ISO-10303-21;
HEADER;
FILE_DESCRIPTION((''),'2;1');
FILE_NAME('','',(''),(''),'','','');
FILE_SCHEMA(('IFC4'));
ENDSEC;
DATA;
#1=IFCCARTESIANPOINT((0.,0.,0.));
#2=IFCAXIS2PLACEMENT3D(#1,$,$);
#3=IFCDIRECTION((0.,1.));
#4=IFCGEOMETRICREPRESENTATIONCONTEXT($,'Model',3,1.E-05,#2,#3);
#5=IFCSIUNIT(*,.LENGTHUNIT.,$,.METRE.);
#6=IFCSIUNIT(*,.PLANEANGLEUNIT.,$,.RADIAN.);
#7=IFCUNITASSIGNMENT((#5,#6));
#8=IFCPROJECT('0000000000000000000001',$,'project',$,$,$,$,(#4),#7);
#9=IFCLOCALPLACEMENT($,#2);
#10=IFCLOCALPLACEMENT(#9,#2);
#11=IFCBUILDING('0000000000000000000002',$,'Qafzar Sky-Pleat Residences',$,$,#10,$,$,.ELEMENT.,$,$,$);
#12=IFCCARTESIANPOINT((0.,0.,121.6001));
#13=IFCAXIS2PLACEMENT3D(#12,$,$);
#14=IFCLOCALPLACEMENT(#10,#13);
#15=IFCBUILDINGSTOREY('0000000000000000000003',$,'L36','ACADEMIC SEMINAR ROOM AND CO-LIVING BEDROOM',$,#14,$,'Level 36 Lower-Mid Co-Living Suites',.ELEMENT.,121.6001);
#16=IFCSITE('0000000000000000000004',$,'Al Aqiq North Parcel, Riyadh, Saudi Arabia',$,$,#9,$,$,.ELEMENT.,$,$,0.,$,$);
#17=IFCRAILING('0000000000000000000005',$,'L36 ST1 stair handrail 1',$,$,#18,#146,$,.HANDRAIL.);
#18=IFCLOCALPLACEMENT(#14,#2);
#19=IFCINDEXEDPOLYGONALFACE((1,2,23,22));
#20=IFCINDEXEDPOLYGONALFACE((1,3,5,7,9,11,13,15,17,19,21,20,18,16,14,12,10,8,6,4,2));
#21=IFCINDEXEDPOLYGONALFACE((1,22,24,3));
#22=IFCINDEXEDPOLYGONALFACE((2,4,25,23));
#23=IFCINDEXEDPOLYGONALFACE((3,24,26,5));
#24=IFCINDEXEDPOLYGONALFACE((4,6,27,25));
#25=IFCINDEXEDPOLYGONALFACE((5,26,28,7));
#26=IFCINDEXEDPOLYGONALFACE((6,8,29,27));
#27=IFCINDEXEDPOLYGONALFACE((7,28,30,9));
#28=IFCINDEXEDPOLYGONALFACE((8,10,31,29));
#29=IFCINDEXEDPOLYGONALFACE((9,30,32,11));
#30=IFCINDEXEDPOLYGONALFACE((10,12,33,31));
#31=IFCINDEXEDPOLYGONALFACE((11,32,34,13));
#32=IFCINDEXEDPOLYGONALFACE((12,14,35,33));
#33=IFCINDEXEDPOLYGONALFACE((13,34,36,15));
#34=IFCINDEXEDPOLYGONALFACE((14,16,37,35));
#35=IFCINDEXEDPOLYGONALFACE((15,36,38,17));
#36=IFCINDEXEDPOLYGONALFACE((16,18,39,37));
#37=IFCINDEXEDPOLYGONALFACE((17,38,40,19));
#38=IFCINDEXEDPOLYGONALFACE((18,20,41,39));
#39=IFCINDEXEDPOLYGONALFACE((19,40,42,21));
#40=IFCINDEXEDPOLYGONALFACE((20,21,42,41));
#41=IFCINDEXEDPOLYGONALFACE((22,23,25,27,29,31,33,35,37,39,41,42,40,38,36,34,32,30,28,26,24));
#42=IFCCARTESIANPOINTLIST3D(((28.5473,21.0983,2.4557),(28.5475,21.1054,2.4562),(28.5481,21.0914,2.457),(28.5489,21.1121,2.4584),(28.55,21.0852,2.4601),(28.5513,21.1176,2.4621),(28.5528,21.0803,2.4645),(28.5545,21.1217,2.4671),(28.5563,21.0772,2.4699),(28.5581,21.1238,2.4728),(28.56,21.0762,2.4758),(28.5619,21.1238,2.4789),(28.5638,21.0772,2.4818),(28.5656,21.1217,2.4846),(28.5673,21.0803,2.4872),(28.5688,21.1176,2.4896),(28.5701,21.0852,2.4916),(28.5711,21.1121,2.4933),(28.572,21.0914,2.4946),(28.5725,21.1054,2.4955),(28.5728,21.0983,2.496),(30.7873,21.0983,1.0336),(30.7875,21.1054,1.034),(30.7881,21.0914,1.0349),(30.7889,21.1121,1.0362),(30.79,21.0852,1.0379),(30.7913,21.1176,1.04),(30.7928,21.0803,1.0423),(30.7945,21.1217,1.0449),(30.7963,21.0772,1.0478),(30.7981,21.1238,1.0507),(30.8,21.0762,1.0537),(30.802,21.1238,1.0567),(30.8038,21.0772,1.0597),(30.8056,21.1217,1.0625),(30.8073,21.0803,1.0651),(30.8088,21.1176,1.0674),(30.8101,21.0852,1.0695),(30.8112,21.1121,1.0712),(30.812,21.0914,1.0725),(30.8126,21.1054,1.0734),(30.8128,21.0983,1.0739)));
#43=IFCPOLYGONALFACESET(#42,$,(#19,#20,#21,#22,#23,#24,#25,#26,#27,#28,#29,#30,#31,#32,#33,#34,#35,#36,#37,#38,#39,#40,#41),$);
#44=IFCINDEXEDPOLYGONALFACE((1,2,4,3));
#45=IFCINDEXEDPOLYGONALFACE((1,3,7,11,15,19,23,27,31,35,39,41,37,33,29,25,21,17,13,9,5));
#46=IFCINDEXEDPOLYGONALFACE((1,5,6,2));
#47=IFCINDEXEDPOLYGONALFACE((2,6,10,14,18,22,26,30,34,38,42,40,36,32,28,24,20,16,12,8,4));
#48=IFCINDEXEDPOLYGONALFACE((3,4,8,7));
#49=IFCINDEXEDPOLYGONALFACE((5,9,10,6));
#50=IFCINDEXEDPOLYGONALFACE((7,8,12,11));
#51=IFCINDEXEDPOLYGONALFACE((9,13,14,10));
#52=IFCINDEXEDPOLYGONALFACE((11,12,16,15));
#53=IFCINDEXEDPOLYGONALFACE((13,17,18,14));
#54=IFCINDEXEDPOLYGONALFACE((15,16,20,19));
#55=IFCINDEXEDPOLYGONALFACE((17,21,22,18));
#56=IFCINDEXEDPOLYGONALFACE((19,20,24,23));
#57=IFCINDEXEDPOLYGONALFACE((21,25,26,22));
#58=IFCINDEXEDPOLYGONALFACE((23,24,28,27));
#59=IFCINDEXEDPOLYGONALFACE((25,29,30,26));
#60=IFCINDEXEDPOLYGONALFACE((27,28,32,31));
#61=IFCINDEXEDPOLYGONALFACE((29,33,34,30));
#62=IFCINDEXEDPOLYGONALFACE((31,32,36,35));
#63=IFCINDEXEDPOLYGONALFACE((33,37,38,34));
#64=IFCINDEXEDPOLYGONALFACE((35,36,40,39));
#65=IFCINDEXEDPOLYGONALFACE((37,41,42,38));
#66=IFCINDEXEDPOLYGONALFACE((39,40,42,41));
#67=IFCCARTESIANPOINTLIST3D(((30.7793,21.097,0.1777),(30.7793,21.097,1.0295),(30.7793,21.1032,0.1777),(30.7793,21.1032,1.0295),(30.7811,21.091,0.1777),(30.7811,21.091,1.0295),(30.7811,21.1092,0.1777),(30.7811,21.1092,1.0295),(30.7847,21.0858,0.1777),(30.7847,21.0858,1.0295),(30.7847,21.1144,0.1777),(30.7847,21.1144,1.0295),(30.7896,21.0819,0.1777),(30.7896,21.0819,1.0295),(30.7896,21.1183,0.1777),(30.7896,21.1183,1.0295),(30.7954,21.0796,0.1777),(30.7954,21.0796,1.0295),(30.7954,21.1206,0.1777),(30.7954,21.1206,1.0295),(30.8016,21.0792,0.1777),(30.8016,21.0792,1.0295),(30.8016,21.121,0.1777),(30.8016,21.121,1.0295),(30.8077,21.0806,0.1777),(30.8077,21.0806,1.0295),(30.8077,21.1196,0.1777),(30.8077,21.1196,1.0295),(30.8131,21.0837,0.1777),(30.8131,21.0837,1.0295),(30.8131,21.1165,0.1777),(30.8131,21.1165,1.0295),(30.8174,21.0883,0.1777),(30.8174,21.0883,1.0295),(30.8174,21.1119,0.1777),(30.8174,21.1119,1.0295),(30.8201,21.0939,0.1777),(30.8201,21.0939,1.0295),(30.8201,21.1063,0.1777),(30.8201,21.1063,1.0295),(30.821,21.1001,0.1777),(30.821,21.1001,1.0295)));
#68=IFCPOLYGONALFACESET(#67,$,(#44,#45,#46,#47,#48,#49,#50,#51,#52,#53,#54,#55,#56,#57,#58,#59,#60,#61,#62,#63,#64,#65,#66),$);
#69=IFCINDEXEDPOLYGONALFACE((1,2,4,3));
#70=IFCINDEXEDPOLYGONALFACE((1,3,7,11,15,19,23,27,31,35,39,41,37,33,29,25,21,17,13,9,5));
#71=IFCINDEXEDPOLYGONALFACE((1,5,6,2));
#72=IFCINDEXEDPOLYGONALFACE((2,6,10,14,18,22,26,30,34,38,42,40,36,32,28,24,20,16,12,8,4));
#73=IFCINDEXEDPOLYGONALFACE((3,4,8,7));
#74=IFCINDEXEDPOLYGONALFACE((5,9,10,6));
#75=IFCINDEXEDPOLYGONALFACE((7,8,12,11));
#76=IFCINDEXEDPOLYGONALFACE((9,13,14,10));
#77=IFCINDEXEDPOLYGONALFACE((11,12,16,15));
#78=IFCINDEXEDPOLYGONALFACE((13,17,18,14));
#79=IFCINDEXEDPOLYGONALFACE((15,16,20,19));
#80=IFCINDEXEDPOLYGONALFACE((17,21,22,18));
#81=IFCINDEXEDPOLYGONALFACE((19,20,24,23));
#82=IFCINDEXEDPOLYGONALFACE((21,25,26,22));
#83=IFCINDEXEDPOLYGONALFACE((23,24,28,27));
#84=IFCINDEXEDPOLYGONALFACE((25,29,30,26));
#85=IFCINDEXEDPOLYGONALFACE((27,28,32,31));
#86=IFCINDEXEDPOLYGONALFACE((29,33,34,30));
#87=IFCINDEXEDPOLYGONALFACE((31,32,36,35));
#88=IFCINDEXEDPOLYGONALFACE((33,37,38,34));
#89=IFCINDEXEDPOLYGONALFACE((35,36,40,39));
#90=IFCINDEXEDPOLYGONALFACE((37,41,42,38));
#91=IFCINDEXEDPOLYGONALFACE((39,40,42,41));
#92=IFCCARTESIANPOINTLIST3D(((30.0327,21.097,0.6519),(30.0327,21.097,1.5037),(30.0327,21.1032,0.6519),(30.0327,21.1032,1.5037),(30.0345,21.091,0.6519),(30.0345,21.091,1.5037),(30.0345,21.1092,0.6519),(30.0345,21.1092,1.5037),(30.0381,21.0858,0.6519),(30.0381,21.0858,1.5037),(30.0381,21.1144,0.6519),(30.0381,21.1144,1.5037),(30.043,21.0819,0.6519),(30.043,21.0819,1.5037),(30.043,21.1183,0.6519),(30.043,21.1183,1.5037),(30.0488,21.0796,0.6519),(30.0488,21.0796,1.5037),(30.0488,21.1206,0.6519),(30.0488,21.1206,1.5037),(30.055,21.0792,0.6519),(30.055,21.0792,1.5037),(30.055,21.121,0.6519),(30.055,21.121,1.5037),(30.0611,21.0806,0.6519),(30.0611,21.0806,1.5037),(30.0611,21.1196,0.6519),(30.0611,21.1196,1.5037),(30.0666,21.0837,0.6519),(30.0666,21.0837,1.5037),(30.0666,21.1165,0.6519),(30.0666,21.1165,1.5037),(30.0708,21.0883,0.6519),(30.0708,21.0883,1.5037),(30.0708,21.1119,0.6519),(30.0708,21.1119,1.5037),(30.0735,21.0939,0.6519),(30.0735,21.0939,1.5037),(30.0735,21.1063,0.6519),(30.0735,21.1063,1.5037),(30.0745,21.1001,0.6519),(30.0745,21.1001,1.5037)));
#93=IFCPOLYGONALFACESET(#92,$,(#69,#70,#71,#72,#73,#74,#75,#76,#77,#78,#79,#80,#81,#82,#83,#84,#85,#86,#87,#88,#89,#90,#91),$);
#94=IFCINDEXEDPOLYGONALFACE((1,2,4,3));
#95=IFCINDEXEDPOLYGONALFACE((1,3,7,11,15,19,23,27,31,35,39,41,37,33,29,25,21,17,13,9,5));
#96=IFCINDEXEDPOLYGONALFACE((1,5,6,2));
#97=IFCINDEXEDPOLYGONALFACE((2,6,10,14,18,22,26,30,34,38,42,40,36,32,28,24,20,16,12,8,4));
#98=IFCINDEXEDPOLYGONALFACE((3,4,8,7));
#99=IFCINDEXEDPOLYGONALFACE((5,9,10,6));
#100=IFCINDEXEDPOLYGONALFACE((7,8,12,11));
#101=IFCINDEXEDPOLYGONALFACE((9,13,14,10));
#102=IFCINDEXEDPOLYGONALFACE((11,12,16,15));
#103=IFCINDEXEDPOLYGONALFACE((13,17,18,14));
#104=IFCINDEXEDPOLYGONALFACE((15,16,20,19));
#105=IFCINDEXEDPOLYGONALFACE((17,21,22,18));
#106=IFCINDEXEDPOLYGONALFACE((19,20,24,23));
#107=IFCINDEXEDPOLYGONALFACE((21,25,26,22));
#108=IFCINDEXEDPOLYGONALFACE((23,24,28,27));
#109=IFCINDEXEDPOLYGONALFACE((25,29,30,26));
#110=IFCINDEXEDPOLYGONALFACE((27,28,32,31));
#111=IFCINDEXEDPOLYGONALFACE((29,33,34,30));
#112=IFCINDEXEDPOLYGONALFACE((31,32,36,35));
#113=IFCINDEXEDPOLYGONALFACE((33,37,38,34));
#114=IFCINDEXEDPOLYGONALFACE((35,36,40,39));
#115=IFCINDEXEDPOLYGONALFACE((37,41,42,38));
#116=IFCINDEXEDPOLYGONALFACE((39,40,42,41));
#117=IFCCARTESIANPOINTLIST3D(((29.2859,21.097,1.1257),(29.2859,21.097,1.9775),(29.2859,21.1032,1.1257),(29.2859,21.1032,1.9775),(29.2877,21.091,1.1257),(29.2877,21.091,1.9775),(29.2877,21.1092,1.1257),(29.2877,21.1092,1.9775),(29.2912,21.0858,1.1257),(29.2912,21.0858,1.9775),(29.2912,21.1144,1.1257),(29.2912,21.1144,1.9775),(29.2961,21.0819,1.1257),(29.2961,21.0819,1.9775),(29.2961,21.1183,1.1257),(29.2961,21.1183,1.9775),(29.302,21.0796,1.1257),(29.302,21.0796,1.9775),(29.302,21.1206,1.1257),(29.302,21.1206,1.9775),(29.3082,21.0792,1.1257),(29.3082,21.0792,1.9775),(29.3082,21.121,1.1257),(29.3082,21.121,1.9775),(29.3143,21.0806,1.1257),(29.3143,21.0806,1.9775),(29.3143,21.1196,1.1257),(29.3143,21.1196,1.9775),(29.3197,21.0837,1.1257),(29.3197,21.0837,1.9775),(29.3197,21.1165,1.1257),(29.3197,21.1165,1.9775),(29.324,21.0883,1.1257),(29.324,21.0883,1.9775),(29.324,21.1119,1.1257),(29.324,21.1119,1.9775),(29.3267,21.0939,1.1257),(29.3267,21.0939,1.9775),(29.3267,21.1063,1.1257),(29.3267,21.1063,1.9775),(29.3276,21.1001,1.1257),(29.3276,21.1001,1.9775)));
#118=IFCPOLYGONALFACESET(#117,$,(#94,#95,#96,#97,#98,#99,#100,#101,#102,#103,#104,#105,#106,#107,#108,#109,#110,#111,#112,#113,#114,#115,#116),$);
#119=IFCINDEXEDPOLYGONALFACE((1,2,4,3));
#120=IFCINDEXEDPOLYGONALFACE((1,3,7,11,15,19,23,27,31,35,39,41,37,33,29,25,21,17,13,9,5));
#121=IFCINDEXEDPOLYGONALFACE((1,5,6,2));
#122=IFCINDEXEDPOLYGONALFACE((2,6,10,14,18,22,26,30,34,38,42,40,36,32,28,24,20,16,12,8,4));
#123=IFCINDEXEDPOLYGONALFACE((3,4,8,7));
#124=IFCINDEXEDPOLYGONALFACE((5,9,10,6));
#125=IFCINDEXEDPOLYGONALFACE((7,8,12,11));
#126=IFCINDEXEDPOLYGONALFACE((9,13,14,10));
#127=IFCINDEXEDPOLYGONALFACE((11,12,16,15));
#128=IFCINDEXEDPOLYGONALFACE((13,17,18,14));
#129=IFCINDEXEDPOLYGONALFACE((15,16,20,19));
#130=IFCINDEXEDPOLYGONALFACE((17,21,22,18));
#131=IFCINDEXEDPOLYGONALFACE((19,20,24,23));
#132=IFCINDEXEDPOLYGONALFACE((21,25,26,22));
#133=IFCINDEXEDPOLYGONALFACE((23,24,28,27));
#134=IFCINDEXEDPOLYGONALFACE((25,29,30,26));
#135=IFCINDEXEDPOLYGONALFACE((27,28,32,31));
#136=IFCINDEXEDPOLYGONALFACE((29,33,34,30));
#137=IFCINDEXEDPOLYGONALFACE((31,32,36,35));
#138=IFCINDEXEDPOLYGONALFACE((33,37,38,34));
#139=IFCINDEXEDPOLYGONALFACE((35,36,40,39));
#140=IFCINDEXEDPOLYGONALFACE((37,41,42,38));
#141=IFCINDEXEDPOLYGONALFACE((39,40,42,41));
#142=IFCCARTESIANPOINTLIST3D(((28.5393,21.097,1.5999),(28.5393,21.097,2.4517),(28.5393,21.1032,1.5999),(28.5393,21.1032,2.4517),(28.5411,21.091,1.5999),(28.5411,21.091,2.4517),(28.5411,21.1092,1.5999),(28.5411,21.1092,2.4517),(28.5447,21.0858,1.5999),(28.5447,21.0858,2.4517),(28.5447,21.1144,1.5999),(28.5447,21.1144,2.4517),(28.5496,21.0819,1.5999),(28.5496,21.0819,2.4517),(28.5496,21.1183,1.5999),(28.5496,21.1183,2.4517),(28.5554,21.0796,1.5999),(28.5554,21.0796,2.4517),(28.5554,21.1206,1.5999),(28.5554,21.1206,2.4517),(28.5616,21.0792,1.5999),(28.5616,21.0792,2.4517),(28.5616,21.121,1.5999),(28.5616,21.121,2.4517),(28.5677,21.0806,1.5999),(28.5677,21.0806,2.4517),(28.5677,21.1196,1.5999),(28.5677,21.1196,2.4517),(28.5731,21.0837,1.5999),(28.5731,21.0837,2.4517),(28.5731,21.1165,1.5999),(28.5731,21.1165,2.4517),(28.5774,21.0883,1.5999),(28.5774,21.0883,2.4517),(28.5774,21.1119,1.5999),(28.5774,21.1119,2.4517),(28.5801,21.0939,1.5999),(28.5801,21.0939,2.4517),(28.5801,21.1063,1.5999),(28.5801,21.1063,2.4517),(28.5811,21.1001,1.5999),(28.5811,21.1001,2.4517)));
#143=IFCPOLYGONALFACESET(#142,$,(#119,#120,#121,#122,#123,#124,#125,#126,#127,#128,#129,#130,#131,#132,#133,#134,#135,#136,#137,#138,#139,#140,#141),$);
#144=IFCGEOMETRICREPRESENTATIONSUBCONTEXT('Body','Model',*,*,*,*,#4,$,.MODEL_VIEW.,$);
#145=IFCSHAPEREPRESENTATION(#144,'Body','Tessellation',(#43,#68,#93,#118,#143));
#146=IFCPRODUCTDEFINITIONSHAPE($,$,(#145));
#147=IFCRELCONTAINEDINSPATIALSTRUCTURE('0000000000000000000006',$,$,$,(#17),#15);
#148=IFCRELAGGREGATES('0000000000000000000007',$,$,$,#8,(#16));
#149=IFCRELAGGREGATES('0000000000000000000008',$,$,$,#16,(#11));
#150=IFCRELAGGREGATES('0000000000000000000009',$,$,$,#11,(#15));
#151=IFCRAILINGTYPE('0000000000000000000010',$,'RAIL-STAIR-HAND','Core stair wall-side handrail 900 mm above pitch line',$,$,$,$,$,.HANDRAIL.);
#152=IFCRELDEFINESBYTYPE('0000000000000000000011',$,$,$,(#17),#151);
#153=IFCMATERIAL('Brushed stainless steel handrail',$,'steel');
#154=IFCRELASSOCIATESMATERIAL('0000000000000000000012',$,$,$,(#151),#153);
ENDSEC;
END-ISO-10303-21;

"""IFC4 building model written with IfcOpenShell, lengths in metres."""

from ifc_helpers import new_model, si_unit, direction, frame, origin, origin_2d, place, context, subcontext, project, spatial, circle, extrude, source, transform, mapped, material, type_object, element, save


model = new_model("IFC4")

# Units and contexts
model_context = context("Model", 3, precision=1e-05, world=origin(), true_north=direction((0.0, 1.0)))
body_context = subcontext(model_context, "Body", "Model", "MODEL_VIEW")
ifc_project = project(units=[si_unit("LENGTHUNIT", "METRE"), si_unit("PLANEANGLEUNIT", "RADIAN")], contexts=[model_context])

# Site, building, storey
site_placement = place(None, origin())
site = spatial("IfcSite", under=ifc_project, at=site_placement, Name="Al Aqiq North Parcel, Riyadh, Saudi Arabia", CompositionType="ELEMENT", RefElevation=0.0)
building_placement = place(site_placement, origin())
building = spatial("IfcBuilding", under=site, at=building_placement, Name="Qafzar Sky-Pleat Residences", CompositionType="ELEMENT")
storey_placement = place(building_placement, frame((0.0, 0.0, 121.6001)))
storey = spatial("IfcBuildingStorey", under=building, at=storey_placement, Name="L36", Description="ACADEMIC SEMINAR ROOM AND CO-LIVING BEDROOM", LongName="Level 36 Lower-Mid Co-Living Suites", CompositionType="ELEMENT", Elevation=121.6001)

# Railing
ifc_material_1 = material(Name="Brushed stainless steel handrail", Category="steel")
railing_type_1 = type_object("IfcRailingType", Name="RAIL-STAIR-HAND", Description="Core stair wall-side handrail 900 mm above pitch line", PredefinedType="HANDRAIL", material=ifc_material_1)
shared_shape_1 = source(origin(), body_context, "Body", "SweptSolid", [
    extrude(circle(Radius=0.0239, at=origin_2d()), frame((0.0, 0.0, 0.876), z_axis=(-0.844229, 0.0, 0.535982), x_axis=(0.0, -1.0, 0.0)), (0.0, 0.0, 1.0), 2.6533),
    extrude(circle(Radius=0.021, at=origin_2d()), origin(), (0.0, 0.0, 1.0), 0.8518),
    extrude(circle(Radius=0.021, at=origin_2d()), frame((-0.7466, 0.0, 0.4741)), (0.0, 0.0, 1.0), 0.8518),
    extrude(circle(Radius=0.021, at=origin_2d()), frame((-1.4934, 0.0, 0.948)), (0.0, 0.0, 1.0), 0.8518),
    extrude(circle(Radius=0.021, at=origin_2d()), frame((-2.24, 0.0, 1.4221)), (0.0, 0.0, 1.0), 0.8518),
])
railing_1_placement = place(storey_placement, frame((30.8, 21.1001, 0.1777)))
element("IfcRailing", 1, at=railing_1_placement, inside=storey, type_object=railing_type_1, Name="L36 ST1 stair handrail 1", PredefinedType="HANDRAIL", context=body_context, shape_type="MappedRepresentation", body=[
    mapped(shared_shape_1, transform((0.0, 0.0, 0.0), x_axis=(1.0, 0.0, 0.0), y_axis=(0.0, 1.0, 0.0), z_axis=(0.0, 0.0, 1.0), scale=1.0)),
])

save(model, "model.ifc")
